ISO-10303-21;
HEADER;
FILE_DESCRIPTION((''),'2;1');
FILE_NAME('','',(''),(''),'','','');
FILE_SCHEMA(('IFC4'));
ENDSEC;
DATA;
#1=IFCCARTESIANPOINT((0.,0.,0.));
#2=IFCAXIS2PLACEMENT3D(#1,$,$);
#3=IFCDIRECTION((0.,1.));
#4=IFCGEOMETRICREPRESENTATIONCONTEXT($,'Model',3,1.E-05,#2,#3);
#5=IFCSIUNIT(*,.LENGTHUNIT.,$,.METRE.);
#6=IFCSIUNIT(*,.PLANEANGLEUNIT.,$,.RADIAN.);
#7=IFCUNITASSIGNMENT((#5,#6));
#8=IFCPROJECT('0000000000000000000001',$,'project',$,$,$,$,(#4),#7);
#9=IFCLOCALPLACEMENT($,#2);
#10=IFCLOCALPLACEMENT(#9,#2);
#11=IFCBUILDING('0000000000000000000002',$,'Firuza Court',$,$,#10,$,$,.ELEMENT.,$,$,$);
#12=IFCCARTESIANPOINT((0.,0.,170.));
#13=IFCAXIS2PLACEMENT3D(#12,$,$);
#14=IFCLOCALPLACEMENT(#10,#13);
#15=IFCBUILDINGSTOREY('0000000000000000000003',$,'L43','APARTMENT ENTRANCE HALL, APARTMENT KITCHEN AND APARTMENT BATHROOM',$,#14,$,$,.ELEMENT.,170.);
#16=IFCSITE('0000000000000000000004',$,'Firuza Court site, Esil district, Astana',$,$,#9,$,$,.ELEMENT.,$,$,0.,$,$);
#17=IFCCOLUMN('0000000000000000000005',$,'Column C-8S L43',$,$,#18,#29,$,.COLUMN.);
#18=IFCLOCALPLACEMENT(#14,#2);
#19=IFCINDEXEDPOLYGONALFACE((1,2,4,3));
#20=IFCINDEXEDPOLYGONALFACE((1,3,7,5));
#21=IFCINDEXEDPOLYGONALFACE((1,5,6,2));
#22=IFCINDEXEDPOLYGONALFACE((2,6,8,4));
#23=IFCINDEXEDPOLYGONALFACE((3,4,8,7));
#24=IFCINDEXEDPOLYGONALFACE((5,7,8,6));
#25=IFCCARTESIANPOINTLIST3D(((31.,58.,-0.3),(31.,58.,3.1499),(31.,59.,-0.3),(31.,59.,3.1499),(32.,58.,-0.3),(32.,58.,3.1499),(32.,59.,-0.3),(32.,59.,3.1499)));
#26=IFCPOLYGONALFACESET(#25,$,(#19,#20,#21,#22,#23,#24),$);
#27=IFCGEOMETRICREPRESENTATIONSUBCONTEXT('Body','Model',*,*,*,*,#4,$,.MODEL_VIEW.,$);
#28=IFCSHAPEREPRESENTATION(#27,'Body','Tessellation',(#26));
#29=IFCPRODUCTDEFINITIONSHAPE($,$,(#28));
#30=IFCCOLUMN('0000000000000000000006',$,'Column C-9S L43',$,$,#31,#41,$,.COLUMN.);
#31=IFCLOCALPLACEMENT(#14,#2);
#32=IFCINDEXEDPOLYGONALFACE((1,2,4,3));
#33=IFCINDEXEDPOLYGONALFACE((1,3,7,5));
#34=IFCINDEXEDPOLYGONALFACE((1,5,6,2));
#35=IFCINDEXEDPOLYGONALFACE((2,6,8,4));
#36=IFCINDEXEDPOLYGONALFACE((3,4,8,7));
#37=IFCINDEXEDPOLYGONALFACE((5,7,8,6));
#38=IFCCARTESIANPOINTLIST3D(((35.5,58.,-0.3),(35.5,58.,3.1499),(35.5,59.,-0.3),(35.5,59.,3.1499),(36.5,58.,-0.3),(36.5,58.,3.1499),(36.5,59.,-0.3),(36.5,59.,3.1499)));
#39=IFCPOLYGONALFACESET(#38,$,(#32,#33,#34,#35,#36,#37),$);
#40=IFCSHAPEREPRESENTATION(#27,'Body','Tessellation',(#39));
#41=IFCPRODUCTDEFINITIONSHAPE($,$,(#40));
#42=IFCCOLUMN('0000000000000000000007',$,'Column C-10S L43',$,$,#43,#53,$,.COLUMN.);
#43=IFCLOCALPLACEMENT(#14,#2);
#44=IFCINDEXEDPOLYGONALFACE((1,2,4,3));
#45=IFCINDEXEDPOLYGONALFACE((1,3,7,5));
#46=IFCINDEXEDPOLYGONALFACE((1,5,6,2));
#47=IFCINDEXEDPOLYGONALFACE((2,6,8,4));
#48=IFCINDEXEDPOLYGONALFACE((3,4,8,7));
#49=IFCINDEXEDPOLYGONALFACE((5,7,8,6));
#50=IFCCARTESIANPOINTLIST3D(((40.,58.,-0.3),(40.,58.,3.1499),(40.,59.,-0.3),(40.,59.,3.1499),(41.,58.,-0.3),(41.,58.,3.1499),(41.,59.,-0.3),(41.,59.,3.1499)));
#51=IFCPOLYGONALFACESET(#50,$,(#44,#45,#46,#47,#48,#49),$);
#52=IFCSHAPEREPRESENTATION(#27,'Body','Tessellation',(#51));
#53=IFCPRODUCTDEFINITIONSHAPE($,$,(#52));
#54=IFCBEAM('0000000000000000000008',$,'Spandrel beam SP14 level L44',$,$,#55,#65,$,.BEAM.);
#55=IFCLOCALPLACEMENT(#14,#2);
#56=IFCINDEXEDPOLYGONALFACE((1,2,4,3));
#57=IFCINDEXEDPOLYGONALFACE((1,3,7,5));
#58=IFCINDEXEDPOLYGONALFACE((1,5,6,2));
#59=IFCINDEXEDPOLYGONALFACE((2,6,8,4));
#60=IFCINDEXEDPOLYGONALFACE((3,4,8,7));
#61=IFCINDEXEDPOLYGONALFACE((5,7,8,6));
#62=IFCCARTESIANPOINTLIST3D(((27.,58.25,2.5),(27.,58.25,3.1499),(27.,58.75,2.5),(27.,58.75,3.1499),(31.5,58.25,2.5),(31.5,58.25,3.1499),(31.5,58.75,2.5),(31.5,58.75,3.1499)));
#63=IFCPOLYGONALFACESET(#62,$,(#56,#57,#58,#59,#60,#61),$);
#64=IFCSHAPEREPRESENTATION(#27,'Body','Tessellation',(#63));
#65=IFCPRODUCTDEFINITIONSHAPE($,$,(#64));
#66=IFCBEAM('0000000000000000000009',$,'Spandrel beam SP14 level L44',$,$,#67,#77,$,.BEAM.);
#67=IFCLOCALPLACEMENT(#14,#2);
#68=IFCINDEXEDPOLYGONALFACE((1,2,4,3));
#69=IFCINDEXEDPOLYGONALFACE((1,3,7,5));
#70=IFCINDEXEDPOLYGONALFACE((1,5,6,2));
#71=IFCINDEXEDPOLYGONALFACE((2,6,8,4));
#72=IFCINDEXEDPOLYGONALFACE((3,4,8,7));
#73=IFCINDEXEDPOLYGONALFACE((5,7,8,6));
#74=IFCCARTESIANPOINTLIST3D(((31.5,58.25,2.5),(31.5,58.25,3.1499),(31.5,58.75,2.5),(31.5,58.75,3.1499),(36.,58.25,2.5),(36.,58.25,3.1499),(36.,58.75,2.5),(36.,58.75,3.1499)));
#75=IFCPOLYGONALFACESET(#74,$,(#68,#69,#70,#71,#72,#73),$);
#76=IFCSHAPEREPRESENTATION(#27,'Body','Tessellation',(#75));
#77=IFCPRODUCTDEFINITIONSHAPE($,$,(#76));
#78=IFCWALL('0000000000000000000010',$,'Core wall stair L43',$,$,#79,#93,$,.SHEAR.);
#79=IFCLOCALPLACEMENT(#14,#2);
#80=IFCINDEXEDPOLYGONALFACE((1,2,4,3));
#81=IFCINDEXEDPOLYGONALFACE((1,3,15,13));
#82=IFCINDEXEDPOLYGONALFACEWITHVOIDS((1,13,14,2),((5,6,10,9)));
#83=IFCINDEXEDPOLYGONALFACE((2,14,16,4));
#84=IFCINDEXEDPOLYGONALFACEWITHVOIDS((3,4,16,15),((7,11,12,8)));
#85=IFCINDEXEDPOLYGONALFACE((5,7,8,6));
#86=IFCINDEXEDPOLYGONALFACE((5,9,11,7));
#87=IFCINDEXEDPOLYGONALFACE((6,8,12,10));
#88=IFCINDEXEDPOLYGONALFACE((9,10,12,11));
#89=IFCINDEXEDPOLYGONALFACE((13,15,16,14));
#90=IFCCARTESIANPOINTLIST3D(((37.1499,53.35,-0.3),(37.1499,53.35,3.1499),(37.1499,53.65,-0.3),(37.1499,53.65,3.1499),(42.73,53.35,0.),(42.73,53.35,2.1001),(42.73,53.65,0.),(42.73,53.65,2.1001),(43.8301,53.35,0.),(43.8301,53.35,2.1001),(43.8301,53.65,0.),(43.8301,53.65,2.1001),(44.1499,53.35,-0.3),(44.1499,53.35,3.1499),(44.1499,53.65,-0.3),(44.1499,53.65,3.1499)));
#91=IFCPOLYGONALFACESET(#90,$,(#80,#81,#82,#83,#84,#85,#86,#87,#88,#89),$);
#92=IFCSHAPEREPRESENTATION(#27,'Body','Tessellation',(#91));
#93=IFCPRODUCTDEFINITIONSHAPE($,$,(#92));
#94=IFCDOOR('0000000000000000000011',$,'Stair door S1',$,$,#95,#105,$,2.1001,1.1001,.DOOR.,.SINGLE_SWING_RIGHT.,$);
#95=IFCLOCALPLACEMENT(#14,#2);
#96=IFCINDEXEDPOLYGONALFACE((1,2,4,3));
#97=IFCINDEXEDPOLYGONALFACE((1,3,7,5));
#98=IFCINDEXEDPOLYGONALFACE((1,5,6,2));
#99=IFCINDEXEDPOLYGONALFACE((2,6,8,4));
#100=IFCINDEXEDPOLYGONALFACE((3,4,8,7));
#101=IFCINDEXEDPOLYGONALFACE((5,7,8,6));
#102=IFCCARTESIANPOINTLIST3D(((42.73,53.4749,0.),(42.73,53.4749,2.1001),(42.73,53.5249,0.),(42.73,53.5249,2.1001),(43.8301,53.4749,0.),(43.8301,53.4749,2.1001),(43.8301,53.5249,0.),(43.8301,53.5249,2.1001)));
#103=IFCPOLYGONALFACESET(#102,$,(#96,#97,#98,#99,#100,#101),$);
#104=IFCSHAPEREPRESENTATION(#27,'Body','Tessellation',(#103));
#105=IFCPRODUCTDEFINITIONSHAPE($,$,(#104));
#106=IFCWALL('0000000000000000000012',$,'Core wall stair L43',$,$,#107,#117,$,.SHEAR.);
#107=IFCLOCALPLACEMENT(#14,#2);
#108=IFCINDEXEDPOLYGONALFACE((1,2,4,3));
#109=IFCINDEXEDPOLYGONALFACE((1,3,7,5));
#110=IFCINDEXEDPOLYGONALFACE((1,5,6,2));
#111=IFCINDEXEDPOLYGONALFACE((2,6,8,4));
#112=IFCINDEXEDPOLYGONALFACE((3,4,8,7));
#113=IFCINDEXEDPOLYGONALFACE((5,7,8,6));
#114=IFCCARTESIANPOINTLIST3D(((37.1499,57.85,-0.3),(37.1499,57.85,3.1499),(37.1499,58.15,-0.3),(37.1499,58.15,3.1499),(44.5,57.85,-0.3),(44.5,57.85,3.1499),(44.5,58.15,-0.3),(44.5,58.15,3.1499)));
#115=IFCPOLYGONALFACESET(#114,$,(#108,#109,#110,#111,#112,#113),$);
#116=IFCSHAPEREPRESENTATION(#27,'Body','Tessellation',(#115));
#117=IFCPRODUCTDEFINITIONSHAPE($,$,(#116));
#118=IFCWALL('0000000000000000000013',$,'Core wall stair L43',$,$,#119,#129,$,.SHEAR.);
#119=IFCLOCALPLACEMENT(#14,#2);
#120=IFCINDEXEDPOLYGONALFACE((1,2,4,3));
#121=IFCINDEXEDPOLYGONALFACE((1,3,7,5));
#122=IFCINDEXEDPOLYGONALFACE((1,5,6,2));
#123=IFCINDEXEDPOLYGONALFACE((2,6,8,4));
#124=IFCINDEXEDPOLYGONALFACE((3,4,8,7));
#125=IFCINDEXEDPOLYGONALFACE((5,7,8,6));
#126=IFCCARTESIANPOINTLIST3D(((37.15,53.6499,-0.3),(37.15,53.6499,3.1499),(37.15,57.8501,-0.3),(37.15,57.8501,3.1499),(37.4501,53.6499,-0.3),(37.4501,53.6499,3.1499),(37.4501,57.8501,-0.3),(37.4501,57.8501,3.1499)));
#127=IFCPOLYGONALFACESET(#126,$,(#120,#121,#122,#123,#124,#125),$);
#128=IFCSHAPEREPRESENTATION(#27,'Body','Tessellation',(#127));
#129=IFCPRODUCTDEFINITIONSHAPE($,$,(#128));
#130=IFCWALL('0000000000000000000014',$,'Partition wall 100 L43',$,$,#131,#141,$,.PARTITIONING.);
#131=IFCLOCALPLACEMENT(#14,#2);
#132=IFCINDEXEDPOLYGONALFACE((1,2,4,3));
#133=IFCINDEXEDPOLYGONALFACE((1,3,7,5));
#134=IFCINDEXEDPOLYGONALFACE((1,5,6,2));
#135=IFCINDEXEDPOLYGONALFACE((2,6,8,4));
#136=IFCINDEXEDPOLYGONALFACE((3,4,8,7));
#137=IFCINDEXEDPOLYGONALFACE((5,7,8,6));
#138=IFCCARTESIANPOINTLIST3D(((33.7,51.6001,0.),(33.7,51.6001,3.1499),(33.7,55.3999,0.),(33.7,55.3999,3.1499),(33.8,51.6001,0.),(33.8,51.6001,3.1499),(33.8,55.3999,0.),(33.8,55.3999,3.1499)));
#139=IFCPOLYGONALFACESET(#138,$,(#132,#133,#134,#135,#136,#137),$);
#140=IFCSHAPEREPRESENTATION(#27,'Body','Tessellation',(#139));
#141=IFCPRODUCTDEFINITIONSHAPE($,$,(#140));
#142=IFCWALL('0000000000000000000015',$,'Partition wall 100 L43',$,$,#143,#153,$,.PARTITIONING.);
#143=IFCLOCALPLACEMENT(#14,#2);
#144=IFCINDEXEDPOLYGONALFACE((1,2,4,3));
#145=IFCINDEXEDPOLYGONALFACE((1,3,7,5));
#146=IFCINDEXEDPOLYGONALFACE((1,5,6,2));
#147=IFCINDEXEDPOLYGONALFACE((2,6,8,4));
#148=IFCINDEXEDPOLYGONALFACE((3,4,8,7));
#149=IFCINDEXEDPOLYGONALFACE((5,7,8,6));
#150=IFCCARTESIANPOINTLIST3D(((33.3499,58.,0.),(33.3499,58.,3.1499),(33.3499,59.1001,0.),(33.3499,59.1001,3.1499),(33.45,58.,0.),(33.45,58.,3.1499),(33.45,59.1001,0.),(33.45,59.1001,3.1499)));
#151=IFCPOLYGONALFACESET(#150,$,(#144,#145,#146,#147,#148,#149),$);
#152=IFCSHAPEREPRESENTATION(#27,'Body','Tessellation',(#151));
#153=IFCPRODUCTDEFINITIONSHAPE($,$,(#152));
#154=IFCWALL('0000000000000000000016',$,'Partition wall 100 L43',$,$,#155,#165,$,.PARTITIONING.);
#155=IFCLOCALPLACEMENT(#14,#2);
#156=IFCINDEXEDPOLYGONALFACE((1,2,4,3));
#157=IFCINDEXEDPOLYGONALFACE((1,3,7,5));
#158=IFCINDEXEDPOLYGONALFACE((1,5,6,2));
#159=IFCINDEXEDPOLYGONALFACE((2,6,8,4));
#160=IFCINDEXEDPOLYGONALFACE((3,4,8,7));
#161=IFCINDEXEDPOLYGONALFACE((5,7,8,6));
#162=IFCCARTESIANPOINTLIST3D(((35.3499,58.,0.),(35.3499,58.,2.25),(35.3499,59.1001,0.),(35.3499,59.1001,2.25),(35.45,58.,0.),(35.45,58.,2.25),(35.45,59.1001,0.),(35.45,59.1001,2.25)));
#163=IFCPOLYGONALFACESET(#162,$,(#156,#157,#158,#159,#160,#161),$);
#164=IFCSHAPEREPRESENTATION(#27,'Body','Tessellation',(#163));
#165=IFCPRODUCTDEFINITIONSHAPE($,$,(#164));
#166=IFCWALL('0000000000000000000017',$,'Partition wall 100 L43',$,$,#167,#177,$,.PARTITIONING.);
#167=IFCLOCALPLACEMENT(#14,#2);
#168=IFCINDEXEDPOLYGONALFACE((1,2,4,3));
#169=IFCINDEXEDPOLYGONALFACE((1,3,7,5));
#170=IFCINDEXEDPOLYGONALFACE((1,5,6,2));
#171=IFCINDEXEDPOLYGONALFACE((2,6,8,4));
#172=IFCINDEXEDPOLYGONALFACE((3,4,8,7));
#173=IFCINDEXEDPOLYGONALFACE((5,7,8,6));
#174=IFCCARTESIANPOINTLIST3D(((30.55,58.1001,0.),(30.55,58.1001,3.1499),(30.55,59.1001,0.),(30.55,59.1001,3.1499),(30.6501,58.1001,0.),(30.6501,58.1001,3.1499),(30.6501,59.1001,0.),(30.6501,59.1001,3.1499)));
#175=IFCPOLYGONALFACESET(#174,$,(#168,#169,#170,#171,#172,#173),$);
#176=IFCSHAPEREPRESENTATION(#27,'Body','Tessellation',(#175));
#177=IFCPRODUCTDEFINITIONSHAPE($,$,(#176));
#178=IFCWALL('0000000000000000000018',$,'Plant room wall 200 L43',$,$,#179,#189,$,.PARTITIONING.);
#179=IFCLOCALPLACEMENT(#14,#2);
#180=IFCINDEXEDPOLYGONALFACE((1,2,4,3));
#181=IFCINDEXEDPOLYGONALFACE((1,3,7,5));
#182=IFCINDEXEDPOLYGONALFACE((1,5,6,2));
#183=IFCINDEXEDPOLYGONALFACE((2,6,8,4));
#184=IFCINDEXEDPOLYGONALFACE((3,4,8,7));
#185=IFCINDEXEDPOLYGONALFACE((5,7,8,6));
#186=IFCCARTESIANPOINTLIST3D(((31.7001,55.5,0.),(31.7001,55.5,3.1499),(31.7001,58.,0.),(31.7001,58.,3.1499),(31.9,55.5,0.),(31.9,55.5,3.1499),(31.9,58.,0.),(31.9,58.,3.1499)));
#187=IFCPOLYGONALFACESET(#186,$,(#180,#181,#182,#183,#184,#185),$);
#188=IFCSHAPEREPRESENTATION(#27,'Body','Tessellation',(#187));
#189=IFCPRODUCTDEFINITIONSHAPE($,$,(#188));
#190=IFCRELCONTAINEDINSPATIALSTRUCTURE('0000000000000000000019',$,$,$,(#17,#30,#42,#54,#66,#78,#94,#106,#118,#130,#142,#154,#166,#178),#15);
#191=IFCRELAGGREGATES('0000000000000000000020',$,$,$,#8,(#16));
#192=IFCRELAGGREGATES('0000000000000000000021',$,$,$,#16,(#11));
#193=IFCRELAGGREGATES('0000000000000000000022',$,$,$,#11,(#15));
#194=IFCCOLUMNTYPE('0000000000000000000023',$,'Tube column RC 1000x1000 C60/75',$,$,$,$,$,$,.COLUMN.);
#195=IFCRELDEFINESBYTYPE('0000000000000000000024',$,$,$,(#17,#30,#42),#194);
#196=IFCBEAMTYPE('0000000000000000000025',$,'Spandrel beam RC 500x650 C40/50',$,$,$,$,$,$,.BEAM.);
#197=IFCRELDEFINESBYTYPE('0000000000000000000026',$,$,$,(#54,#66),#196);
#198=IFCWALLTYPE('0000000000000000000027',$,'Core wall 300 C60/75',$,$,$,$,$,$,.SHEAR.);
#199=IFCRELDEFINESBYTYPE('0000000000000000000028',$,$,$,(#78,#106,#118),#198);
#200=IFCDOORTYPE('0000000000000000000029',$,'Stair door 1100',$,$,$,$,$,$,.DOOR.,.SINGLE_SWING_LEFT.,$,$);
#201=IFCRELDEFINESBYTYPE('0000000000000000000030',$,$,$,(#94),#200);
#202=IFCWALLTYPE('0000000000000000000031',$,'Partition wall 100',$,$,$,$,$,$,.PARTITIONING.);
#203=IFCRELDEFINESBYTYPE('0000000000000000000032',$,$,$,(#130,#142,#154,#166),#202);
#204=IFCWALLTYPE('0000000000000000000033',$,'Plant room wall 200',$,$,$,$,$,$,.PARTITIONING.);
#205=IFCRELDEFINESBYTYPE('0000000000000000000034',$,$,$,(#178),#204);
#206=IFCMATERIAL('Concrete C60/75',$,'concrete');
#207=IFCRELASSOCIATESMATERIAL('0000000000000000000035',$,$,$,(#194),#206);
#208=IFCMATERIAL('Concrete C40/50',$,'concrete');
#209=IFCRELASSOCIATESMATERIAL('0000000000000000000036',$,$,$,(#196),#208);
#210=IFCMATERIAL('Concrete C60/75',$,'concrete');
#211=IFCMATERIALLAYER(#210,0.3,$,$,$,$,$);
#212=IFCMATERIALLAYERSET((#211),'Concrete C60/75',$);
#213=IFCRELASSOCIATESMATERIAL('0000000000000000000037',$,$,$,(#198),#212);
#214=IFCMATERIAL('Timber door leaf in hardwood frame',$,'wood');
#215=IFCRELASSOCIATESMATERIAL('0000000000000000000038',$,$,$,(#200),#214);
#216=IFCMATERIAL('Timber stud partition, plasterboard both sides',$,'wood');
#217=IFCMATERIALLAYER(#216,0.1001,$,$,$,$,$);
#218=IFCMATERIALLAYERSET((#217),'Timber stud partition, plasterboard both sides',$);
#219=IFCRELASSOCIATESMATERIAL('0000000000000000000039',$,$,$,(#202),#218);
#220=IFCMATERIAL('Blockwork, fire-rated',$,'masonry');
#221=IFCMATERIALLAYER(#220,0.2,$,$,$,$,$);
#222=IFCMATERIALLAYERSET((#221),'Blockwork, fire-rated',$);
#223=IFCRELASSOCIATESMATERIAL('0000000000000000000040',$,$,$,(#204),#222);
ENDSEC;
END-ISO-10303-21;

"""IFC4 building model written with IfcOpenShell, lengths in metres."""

from ifc_helpers import new_model, si_unit, direction, frame, frame_2d, origin, origin_2d, place, context, subcontext, project, spatial, rectangle, extrude, material, layer, layer_set, material_profile, profile_set, type_object, element, fill, save


model = new_model("IFC4")

# Units and contexts
model_context = context("Model", 3, precision=1e-05, world=origin(), true_north=direction((0.0, 1.0)))
body_context = subcontext(model_context, "Body", "Model", "MODEL_VIEW")
ifc_project = project(units=[si_unit("LENGTHUNIT", "METRE"), si_unit("PLANEANGLEUNIT", "RADIAN")], contexts=[model_context])

# Site, building, storey
site_placement = place(None, origin())
site = spatial("IfcSite", under=ifc_project, at=site_placement, Name="Firuza Court site, Esil district, Astana", CompositionType="ELEMENT", RefElevation=0.0)
building_placement = place(site_placement, origin())
building = spatial("IfcBuilding", under=site, at=building_placement, Name="Firuza Court", CompositionType="ELEMENT")
storey_placement = place(building_placement, frame((0.0, 0.0, 170.0)))
storey = spatial("IfcBuildingStorey", under=building, at=storey_placement, Name="L43", Description="APARTMENT ENTRANCE HALL, APARTMENT KITCHEN AND APARTMENT BATHROOM", CompositionType="ELEMENT", Elevation=170.0)

# Columns
ifc_material_1 = material(Name="Concrete C60/75", Category="concrete")
ifc_material_profile_1 = material_profile(ifc_material_1, rectangle(XDim=1.0, YDim=1.0, at=origin_2d()), Name="RC 1000x1000")
ifc_profile_set_1 = profile_set([ifc_material_profile_1], Name="Concrete C60/75")
column_type = type_object("IfcColumnType", Name="Tube column RC 1000x1000 C60/75", PredefinedType="COLUMN", material=ifc_profile_set_1)
for number, where, z_axis, x_axis, name in (
    (1, (31.5, 58.5, -0.3), (0.0, 0.0, 1.0), (1.0, 0.0, 0.0), "Column C-8S L43"),
    (2, (36.0, 58.5, -0.3), (0.0, 0.0, 1.0), (1.0, 0.0, 0.0), "Column C-9S L43"),
    (3, (40.5, 58.5, -0.3), (0.0, 0.0, 1.0), (1.0, 0.0, 0.0), "Column C-10S L43"),
):
    element("IfcColumn", number, at=place(storey_placement, frame(where, z_axis=z_axis, x_axis=x_axis)), inside=storey, type_object=column_type, Name=name, PredefinedType="COLUMN", context=body_context, shape_type="SweptSolid", body=[
        extrude(rectangle(XDim=1.0, YDim=1.0, at=origin_2d()), origin(), (0.0, 0.0, 1.0), 3.45),
    ])

# Beams
ifc_material_2 = material(Name="Concrete C40/50", Category="concrete")
ifc_material_profile_2 = material_profile(ifc_material_2, rectangle(XDim=0.5, YDim=0.6499, at=origin_2d()), Name="RC 500x650")
ifc_profile_set_2 = profile_set([ifc_material_profile_2], Name="Concrete C40/50")
beam_type = type_object("IfcBeamType", Name="Spandrel beam RC 500x650 C40/50", PredefinedType="BEAM", material=ifc_profile_set_2)
for number, where, z_axis, x_axis, name in (
    (4, (31.5, 58.5, 2.825), (-1.0, 0.0, 0.0), (0.0, -1.0, 0.0), "Spandrel beam SP14 level L44"),
    (5, (36.0, 58.5, 2.825), (-1.0, 0.0, 0.0), (0.0, -1.0, 0.0), "Spandrel beam SP14 level L44"),
):
    element("IfcBeam", number, at=place(storey_placement, frame(where, z_axis=z_axis, x_axis=x_axis)), inside=storey, type_object=beam_type, Name=name, PredefinedType="BEAM", context=body_context, shape_type="SweptSolid", body=[
        extrude(rectangle(XDim=0.5, YDim=0.6499, at=origin_2d()), origin(), (0.0, 0.0, 1.0), 4.5),
    ])

# Wall, opening, door
ifc_material_3 = material(Name="Concrete C60/75", Category="concrete")
ifc_layer_1 = layer(ifc_material_3, 0.3)
ifc_layer_set_1 = layer_set([ifc_layer_1], Name="Concrete C60/75")
wall_type_1 = type_object("IfcWallType", Name="Core wall 300 C60/75", PredefinedType="SHEAR", material=ifc_layer_set_1)
wall_1_placement = place(storey_placement, frame((37.1499, 53.5, -0.3), z_axis=(0.0, 0.0, 1.0), x_axis=(1.0, 0.0, 0.0)))
wall_1 = element("IfcWall", 6, at=wall_1_placement, inside=storey, type_object=wall_type_1, Name="Core wall stair L43", PredefinedType="SHEAR", context=body_context, shape_type="SweptSolid", body=[
    extrude(rectangle(XDim=7.0, YDim=0.3, at=frame_2d((3.5, 0.0))), origin(), (0.0, 0.0, 1.0), 3.45),
])
opening_1_placement = place(wall_1_placement, frame((5.5801, 0.0, 0.3)))
opening_1 = element("IfcOpeningElement", 7, at=opening_1_placement, cuts=wall_1, PredefinedType="OPENING", context=body_context, shape_type="SweptSolid", body=[
    extrude(rectangle(XDim=1.1001, YDim=2.1001, at=frame_2d((0.55, 1.05))), frame((0.0, 0.1621, 0.0), z_axis=(0.0, -1.0, 0.0), x_axis=(1.0, 0.0, 0.0)), (0.0, 0.0, 1.0), 0.324),
])
ifc_material_4 = material(Name="Timber door leaf in hardwood frame", Category="wood")
door_type_1 = type_object("IfcDoorType", Name="Stair door 1100", OperationType="SINGLE_SWING_LEFT", PredefinedType="DOOR", material=ifc_material_4)
door_1_placement = place(opening_1_placement, origin())
door_1 = element("IfcDoor", 8, at=door_1_placement, inside=storey, type_object=door_type_1, Name="Stair door S1", OperationType="SINGLE_SWING_RIGHT", OverallHeight=2.1001, OverallWidth=1.1001, PredefinedType="DOOR", context=body_context, shape_type="SweptSolid", body=[
    extrude(rectangle(XDim=1.1001, YDim=2.1001, at=frame_2d((0.55, 1.05))), frame((0.0, 0.0249, 0.0), z_axis=(0.0, -1.0, 0.0), x_axis=(1.0, 0.0, 0.0)), (0.0, 0.0, 1.0), 0.05),
])
fill(opening_1, door_1)

# Walls
wall_2_placement = place(storey_placement, frame((37.1499, 58.0, -0.3), z_axis=(0.0, 0.0, 1.0), x_axis=(1.0, 0.0, 0.0)))
element("IfcWall", 9, at=wall_2_placement, inside=storey, type_object=wall_type_1, Name="Core wall stair L43", PredefinedType="SHEAR", context=body_context, shape_type="SweptSolid", body=[
    extrude(rectangle(XDim=7.3501, YDim=0.3, at=frame_2d((3.675, 0.0))), origin(), (0.0, 0.0, 1.0), 3.45),
])
wall_3_placement = place(storey_placement, frame((37.3, 53.6499, -0.3), z_axis=(0.0, 0.0, 1.0), x_axis=(0.0, 1.0, 0.0)))
element("IfcWall", 10, at=wall_3_placement, inside=storey, type_object=wall_type_1, Name="Core wall stair L43", PredefinedType="SHEAR", context=body_context, shape_type="SweptSolid", body=[
    extrude(rectangle(XDim=4.2002, YDim=0.3, at=frame_2d((2.1001, 0.0))), origin(), (0.0, 0.0, 1.0), 3.45),
])
ifc_material_5 = material(Name="Timber stud partition, plasterboard both sides", Category="wood")
ifc_layer_2 = layer(ifc_material_5, 0.1001)
ifc_layer_set_2 = layer_set([ifc_layer_2], Name="Timber stud partition, plasterboard both sides")
wall_type_2 = type_object("IfcWallType", Name="Partition wall 100", PredefinedType="PARTITIONING", material=ifc_layer_set_2)
wall_4_placement = place(storey_placement, frame((33.75, 51.6001, 0.0), z_axis=(0.0, 0.0, 1.0), x_axis=(0.0, 1.0, 0.0)))
element("IfcWall", 11, at=wall_4_placement, inside=storey, type_object=wall_type_2, Name="Partition wall 100 L43", PredefinedType="PARTITIONING", context=body_context, shape_type="SweptSolid", body=[
    extrude(rectangle(XDim=3.7998, YDim=0.1001, at=frame_2d((1.8999, 0.0))), origin(), (0.0, 0.0, 1.0), 3.1499),
])
wall_5_placement = place(storey_placement, frame((33.3999, 58.0, 0.0), z_axis=(0.0, 0.0, 1.0), x_axis=(0.0, 1.0, 0.0)))
element("IfcWall", 12, at=wall_5_placement, inside=storey, type_object=wall_type_2, Name="Partition wall 100 L43", PredefinedType="PARTITIONING", context=body_context, shape_type="SweptSolid", body=[
    extrude(rectangle(XDim=1.1001, YDim=0.1001, at=frame_2d((0.55, 0.0))), origin(), (0.0, 0.0, 1.0), 3.1499),
])
wall_6_placement = place(storey_placement, frame((35.3999, 58.0, 0.0), z_axis=(0.0, 0.0, 1.0), x_axis=(0.0, 1.0, 0.0)))
element("IfcWall", 13, at=wall_6_placement, inside=storey, type_object=wall_type_2, Name="Partition wall 100 L43", PredefinedType="PARTITIONING", context=body_context, shape_type="SweptSolid", body=[
    extrude(rectangle(XDim=1.1001, YDim=0.1001, at=frame_2d((0.55, 0.0))), origin(), (0.0, 0.0, 1.0), 2.25),
])
wall_7_placement = place(storey_placement, frame((30.6001, 58.1001, 0.0), z_axis=(0.0, 0.0, 1.0), x_axis=(0.0, 1.0, 0.0)))
element("IfcWall", 14, at=wall_7_placement, inside=storey, type_object=wall_type_2, Name="Partition wall 100 L43", PredefinedType="PARTITIONING", context=body_context, shape_type="SweptSolid", body=[
    extrude(rectangle(XDim=1.0, YDim=0.1001, at=frame_2d((0.5, 0.0))), origin(), (0.0, 0.0, 1.0), 3.1499),
])
ifc_material_6 = material(Name="Blockwork, fire-rated", Category="masonry")
ifc_layer_3 = layer(ifc_material_6, 0.2)
ifc_layer_set_3 = layer_set([ifc_layer_3], Name="Blockwork, fire-rated")
wall_type_3 = type_object("IfcWallType", Name="Plant room wall 200", PredefinedType="PARTITIONING", material=ifc_layer_set_3)
for number, where, z_axis, x_axis, name in (
    (15, (31.8, 55.5, 0.0), (0.0, 0.0, 1.0), (0.0, 1.0, 0.0), "Plant room wall 200 L43"),
):
    element("IfcWall", number, at=place(storey_placement, frame(where, z_axis=z_axis, x_axis=x_axis)), inside=storey, type_object=wall_type_3, Name=name, PredefinedType="PARTITIONING", context=body_context, shape_type="SweptSolid", body=[
        extrude(rectangle(XDim=2.5, YDim=0.2, at=frame_2d((1.25, 0.0))), origin(), (0.0, 0.0, 1.0), 3.1499),
    ])

save(model, "model.ifc")
